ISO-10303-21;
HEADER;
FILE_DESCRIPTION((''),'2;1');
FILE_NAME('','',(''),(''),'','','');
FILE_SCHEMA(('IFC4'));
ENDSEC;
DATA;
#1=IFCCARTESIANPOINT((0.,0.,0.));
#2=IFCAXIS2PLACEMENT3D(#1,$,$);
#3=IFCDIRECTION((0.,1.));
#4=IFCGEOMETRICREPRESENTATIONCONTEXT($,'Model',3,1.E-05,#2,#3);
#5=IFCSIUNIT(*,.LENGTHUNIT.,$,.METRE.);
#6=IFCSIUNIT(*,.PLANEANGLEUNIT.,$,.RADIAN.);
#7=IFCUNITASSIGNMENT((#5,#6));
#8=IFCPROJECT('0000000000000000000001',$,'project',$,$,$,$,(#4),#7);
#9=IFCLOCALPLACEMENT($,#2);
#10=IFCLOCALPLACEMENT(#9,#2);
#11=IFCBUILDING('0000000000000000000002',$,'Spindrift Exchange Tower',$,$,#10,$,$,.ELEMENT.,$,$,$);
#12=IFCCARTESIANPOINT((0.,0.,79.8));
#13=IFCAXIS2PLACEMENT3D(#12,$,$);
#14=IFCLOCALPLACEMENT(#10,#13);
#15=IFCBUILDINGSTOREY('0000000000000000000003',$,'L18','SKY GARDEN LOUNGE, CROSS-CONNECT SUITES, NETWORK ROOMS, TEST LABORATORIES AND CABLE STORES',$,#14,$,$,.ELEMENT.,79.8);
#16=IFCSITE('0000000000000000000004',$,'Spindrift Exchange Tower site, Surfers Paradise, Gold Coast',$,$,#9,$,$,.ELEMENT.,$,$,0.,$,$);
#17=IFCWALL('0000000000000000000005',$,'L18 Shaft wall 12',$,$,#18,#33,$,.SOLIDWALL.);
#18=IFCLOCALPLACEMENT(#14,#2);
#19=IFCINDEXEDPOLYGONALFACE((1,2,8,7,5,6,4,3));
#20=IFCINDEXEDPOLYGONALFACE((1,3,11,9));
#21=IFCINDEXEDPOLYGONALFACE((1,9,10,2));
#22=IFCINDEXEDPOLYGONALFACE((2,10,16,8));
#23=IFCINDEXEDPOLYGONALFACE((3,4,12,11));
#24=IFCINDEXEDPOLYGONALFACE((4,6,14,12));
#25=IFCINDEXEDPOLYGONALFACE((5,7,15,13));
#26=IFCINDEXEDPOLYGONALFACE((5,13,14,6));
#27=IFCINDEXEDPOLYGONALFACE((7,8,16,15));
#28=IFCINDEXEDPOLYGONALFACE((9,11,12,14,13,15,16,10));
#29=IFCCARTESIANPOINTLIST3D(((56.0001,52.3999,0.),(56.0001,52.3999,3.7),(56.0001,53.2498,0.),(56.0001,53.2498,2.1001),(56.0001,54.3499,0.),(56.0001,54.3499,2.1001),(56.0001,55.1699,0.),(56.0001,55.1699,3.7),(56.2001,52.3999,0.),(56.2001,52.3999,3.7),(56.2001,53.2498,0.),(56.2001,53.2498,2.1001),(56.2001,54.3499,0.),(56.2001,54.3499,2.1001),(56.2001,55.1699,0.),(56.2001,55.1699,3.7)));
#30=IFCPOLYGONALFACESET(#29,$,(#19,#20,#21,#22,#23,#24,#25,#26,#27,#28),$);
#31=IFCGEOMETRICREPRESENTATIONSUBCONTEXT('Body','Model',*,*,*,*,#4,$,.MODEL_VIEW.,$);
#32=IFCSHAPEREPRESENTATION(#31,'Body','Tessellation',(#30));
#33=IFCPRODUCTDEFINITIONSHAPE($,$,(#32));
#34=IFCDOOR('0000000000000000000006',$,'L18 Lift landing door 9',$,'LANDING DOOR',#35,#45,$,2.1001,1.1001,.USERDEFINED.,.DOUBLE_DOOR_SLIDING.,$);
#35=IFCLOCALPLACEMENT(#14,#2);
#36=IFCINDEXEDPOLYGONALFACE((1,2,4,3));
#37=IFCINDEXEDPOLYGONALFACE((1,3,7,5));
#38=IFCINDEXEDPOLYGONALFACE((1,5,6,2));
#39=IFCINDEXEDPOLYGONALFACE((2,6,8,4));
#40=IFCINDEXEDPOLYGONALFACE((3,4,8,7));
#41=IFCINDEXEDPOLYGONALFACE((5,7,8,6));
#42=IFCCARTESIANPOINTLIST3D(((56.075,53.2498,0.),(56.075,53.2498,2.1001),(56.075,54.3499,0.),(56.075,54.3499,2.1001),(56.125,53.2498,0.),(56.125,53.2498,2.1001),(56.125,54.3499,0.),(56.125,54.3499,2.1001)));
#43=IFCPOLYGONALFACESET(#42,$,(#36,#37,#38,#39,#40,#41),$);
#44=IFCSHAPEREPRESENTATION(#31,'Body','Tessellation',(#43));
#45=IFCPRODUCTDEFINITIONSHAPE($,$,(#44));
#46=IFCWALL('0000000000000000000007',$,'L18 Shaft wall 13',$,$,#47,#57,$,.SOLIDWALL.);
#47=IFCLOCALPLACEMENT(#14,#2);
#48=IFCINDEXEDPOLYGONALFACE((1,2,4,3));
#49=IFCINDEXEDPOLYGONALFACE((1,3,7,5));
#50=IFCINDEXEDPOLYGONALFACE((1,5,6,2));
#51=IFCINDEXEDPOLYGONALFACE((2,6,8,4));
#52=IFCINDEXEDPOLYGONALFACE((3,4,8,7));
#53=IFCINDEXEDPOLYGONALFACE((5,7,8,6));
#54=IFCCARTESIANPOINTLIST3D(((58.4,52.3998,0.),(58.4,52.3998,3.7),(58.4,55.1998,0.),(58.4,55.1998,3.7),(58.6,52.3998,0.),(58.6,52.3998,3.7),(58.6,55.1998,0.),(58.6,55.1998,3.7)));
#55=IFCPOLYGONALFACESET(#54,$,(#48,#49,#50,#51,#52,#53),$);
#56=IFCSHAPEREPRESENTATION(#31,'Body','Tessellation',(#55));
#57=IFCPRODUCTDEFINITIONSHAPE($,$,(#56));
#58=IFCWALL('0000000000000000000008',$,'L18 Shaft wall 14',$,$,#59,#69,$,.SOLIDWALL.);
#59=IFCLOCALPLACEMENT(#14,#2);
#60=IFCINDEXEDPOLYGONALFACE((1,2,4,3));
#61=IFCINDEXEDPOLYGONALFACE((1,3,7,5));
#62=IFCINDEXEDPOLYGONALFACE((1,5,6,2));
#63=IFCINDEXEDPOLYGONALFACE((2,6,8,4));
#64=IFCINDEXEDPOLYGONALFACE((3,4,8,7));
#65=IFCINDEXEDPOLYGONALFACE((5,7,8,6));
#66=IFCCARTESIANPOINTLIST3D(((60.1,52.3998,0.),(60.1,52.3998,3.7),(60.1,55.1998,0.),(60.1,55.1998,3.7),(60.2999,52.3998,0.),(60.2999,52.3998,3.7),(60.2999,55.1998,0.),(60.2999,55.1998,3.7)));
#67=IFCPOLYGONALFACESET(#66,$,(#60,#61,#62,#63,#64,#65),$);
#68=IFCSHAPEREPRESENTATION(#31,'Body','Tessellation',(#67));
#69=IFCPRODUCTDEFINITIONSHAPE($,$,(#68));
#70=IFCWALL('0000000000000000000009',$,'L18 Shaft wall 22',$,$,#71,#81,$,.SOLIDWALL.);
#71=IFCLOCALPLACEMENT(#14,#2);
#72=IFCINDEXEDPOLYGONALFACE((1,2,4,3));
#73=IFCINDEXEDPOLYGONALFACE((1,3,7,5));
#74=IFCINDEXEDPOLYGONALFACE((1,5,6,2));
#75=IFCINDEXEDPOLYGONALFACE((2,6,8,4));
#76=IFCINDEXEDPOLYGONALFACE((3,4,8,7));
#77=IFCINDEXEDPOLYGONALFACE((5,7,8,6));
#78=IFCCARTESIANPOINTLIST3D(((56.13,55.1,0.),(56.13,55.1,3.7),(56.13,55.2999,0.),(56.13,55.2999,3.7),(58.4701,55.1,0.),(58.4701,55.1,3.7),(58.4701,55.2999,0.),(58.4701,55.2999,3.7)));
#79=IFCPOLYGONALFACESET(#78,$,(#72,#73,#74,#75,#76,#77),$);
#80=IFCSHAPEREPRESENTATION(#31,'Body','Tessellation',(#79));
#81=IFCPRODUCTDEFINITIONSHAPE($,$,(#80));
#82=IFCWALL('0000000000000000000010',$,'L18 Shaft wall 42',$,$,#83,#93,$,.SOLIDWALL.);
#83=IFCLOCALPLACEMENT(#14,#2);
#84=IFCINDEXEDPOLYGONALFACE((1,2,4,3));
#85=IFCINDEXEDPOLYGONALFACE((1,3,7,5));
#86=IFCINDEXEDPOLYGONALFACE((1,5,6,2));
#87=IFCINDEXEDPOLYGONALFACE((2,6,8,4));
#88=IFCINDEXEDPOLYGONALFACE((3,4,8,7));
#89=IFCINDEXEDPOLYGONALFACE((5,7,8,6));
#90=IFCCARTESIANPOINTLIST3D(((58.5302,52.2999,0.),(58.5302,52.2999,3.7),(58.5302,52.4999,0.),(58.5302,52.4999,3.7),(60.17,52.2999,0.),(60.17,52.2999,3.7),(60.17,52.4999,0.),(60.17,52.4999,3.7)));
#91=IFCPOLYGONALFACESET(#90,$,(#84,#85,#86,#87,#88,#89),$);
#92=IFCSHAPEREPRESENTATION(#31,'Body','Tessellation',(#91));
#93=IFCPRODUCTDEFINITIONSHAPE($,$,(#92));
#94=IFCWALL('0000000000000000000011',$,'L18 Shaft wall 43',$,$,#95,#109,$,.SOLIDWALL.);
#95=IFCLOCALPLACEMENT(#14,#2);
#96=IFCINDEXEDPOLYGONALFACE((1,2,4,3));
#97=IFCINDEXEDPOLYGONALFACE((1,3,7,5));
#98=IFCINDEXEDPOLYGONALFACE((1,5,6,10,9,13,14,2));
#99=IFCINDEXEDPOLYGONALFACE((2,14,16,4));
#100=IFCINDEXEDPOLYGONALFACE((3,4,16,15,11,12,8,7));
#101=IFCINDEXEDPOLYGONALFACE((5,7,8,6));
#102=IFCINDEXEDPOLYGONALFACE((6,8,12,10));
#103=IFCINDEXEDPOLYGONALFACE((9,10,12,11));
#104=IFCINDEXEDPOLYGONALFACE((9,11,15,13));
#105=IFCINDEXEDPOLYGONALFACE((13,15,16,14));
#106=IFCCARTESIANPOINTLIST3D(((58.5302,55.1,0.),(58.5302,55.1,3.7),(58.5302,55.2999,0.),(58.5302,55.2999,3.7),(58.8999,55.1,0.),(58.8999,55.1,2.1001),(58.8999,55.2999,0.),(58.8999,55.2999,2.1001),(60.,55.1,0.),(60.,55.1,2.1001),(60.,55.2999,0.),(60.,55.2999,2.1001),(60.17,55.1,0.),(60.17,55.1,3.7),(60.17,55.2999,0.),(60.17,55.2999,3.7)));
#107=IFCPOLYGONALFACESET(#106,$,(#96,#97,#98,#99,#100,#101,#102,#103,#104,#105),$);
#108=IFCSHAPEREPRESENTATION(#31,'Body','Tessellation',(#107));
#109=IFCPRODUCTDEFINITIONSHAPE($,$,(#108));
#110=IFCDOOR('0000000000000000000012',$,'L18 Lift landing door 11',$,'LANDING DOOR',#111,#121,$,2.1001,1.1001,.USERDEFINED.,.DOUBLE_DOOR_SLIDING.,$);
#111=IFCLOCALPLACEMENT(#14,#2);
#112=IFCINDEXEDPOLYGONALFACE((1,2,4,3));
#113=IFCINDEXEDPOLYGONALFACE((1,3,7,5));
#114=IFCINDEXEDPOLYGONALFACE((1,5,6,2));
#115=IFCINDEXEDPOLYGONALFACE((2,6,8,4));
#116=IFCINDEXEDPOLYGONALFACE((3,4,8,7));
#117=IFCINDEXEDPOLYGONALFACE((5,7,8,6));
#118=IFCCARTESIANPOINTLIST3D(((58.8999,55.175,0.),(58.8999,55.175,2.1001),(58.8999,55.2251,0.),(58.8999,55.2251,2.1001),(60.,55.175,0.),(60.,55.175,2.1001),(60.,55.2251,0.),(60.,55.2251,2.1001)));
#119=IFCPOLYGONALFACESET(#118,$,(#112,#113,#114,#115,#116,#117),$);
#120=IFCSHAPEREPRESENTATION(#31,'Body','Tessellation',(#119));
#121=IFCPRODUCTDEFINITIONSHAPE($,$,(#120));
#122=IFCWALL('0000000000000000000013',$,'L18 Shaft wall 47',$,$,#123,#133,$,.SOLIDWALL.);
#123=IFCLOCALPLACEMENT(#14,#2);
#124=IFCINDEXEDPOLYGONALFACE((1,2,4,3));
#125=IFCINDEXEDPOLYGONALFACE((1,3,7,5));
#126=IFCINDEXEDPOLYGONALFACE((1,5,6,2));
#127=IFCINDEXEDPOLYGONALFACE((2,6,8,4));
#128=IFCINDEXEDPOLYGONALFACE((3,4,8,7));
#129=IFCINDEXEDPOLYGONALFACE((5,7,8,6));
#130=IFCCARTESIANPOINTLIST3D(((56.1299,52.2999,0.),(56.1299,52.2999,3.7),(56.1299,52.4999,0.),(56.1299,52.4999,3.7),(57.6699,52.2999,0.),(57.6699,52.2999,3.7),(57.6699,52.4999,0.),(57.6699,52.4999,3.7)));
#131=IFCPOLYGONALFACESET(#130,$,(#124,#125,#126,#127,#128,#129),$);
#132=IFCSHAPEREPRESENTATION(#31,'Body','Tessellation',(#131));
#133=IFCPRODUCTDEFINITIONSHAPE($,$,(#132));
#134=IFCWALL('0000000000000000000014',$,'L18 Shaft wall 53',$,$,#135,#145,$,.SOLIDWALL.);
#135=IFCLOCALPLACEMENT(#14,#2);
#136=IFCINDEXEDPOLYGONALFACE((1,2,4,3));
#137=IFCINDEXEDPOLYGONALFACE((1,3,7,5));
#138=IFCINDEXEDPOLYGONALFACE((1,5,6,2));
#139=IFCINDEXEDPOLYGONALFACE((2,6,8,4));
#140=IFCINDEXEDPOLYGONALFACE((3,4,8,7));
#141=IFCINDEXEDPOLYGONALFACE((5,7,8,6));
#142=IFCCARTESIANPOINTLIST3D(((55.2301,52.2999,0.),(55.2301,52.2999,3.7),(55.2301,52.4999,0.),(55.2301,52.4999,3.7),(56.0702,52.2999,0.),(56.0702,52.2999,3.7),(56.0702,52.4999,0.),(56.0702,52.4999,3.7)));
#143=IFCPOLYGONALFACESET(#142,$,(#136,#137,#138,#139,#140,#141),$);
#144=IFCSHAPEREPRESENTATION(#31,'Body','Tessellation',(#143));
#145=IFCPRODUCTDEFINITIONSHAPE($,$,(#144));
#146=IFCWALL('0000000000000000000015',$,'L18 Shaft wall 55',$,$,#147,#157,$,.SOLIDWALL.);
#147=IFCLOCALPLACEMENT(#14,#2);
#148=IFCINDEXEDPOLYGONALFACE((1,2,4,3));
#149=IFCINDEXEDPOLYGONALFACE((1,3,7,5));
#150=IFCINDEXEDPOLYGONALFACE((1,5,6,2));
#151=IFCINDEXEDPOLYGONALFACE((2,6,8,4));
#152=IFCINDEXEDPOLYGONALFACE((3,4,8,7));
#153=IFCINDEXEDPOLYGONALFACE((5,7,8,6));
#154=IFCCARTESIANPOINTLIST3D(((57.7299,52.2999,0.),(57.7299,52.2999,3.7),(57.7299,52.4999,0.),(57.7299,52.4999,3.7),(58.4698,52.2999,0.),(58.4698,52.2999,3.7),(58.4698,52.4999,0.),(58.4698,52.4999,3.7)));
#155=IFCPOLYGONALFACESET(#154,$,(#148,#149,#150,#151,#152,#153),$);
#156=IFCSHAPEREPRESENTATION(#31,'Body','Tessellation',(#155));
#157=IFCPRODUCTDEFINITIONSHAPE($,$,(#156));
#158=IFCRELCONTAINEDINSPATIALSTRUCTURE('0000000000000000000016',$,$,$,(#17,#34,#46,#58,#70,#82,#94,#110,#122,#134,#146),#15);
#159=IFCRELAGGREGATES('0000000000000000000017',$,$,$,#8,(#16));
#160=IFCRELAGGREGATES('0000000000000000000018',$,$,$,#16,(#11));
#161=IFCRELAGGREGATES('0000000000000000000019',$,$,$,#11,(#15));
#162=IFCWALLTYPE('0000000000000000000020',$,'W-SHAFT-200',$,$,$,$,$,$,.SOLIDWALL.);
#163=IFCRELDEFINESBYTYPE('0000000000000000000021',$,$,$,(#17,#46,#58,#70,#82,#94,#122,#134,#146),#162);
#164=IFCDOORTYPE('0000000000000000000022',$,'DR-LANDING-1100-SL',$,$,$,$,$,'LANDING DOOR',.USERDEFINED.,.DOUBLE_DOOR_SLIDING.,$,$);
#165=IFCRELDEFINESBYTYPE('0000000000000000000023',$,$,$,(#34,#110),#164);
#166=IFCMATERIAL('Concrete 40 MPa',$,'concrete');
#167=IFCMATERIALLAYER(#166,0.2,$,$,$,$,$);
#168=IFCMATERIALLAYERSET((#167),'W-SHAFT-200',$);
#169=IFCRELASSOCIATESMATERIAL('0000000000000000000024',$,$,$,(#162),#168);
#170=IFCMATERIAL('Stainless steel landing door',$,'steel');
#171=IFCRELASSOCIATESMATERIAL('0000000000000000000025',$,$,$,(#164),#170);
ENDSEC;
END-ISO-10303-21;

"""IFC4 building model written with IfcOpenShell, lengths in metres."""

from ifc_helpers import new_model, si_unit, direction, frame, frame_2d, origin, place, context, subcontext, project, spatial, rectangle, extrude, source, transform, mapped, material, layer, layer_set, type_object, element, fill, save


model = new_model("IFC4")

# Units and contexts
model_context = context("Model", 3, precision=1e-05, world=origin(), true_north=direction((0.0, 1.0)))
body_context = subcontext(model_context, "Body", "Model", "MODEL_VIEW")
ifc_project = project(units=[si_unit("LENGTHUNIT", "METRE"), si_unit("PLANEANGLEUNIT", "RADIAN")], contexts=[model_context])

# Site, building, storey
site_placement = place(None, origin())
site = spatial("IfcSite", under=ifc_project, at=site_placement, Name="Spindrift Exchange Tower site, Surfers Paradise, Gold Coast", CompositionType="ELEMENT", RefElevation=0.0)
building_placement = place(site_placement, origin())
building = spatial("IfcBuilding", under=site, at=building_placement, Name="Spindrift Exchange Tower", CompositionType="ELEMENT")
storey_placement = place(building_placement, frame((0.0, 0.0, 79.8)))
storey = spatial("IfcBuildingStorey", under=building, at=storey_placement, Name="L18", Description="SKY GARDEN LOUNGE, CROSS-CONNECT SUITES, NETWORK ROOMS, TEST LABORATORIES AND CABLE STORES", CompositionType="ELEMENT", Elevation=79.8)

# Wall, opening, door
ifc_material_1 = material(Name="Concrete 40 MPa", Category="concrete")
ifc_layer_1 = layer(ifc_material_1, 0.2)
ifc_layer_set_1 = layer_set([ifc_layer_1], Name="W-SHAFT-200")
wall_type_1 = type_object("IfcWallType", Name="W-SHAFT-200", PredefinedType="SOLIDWALL", material=ifc_layer_set_1)
wall_1_placement = place(storey_placement, frame((56.1001, 55.1699, 0.0), z_axis=(0.0, 0.0, 1.0), x_axis=(0.0, -1.0, 0.0)))
wall_1 = element("IfcWall", 1, at=wall_1_placement, inside=storey, type_object=wall_type_1, Name="L18 Shaft wall 12", PredefinedType="SOLIDWALL", context=body_context, shape_type="SweptSolid", body=[
    extrude(rectangle(XDim=2.77, YDim=0.2, at=frame_2d((1.385, 0.0))), origin(), (0.0, 0.0, 1.0), 3.7),
])
opening_1_placement = place(wall_1_placement, frame((0.8201, 0.0, 0.0)))
opening_1 = element("IfcOpeningElement", 2, at=opening_1_placement, cuts=wall_1, PredefinedType="OPENING", context=body_context, shape_type="SweptSolid", body=[
    extrude(rectangle(XDim=1.1001, YDim=2.1001, at=frame_2d((0.55, 1.05))), frame((0.0, 0.1099, 0.0), z_axis=(0.0, -1.0, 0.0), x_axis=(1.0, 0.0, 0.0)), (0.0, 0.0, 1.0), 0.22),
])
ifc_material_2 = material(Name="Stainless steel landing door", Category="steel")
door_type_1 = type_object("IfcDoorType", Name="DR-LANDING-1100-SL", ElementType="LANDING DOOR", OperationType="DOUBLE_DOOR_SLIDING", PredefinedType="USERDEFINED", material=ifc_material_2)
shared_shape_1 = source(origin(), body_context, "Body", "SweptSolid", [
    extrude(rectangle(XDim=1.1001, YDim=2.1001, at=frame_2d((0.55, 1.05))), frame((0.0, 0.0249, 0.0), z_axis=(0.0, -1.0, 0.0), x_axis=(1.0, 0.0, 0.0)), (0.0, 0.0, 1.0), 0.05),
])
door_1_placement = place(opening_1_placement, origin())
door_1 = element("IfcDoor", 3, at=door_1_placement, inside=storey, type_object=door_type_1, Name="L18 Lift landing door 9", ObjectType="LANDING DOOR", OperationType="DOUBLE_DOOR_SLIDING", OverallHeight=2.1001, OverallWidth=1.1001, PredefinedType="USERDEFINED", context=body_context, shape_type="MappedRepresentation", body=[
    mapped(shared_shape_1, transform((0.0, 0.0, 0.0), scale=1.0)),
])
fill(opening_1, door_1)

# Walls
for number, where, z_axis, x_axis, name in (
    (4, (58.5, 52.3999, 0.0), (0.0, 0.0, 1.0), (0.0, 1.0, 0.0), "L18 Shaft wall 13"),
    (5, (60.2, 52.3999, 0.0), (0.0, 0.0, 1.0), (0.0, 1.0, 0.0), "L18 Shaft wall 14"),
):
    element("IfcWall", number, at=place(storey_placement, frame(where, z_axis=z_axis, x_axis=x_axis)), inside=storey, type_object=wall_type_1, Name=name, PredefinedType="SOLIDWALL", context=body_context, shape_type="SweptSolid", body=[
        extrude(rectangle(XDim=2.8, YDim=0.2, at=frame_2d((1.3999, 0.0))), origin(), (0.0, 0.0, 1.0), 3.7),
    ])
wall_2_placement = place(storey_placement, frame((58.47, 55.2, 0.0), z_axis=(0.0, 0.0, 1.0), x_axis=(-1.0, 0.0, 0.0)))
element("IfcWall", 6, at=wall_2_placement, inside=storey, type_object=wall_type_1, Name="L18 Shaft wall 22", PredefinedType="SOLIDWALL", context=body_context, shape_type="SweptSolid", body=[
    extrude(rectangle(XDim=2.3401, YDim=0.2, at=frame_2d((1.1699, 0.0))), origin(), (0.0, 0.0, 1.0), 3.7),
])
wall_3_placement = place(storey_placement, frame((60.1699, 52.3999, 0.0), z_axis=(0.0, 0.0, 1.0), x_axis=(-1.0, 0.0, 0.0)))
element("IfcWall", 7, at=wall_3_placement, inside=storey, type_object=wall_type_1, Name="L18 Shaft wall 42", PredefinedType="SOLIDWALL", context=body_context, shape_type="SweptSolid", body=[
    extrude(rectangle(XDim=1.6399, YDim=0.2, at=frame_2d((0.8198, 0.0))), origin(), (0.0, 0.0, 1.0), 3.7),
])

# Wall, opening, door
wall_4_placement = place(storey_placement, frame((60.1699, 55.2, 0.0), z_axis=(0.0, 0.0, 1.0), x_axis=(-1.0, 0.0, 0.0)))
wall_4 = element("IfcWall", 8, at=wall_4_placement, inside=storey, type_object=wall_type_1, Name="L18 Shaft wall 43", PredefinedType="SOLIDWALL", context=body_context, shape_type="SweptSolid", body=[
    extrude(rectangle(XDim=1.6399, YDim=0.2, at=frame_2d((0.8198, 0.0))), origin(), (0.0, 0.0, 1.0), 3.7),
])
opening_2_placement = place(wall_4_placement, frame((0.1699, 0.0, 0.0)))
opening_2 = element("IfcOpeningElement", 9, at=opening_2_placement, cuts=wall_4, PredefinedType="OPENING", context=body_context, shape_type="SweptSolid", body=[
    extrude(rectangle(XDim=1.1001, YDim=2.1001, at=frame_2d((0.55, 1.05))), frame((0.0, 0.1099, 0.0), z_axis=(0.0, -1.0, 0.0), x_axis=(1.0, 0.0, 0.0)), (0.0, 0.0, 1.0), 0.22),
])
door_2_placement = place(opening_2_placement, origin())
door_2 = element("IfcDoor", 10, at=door_2_placement, inside=storey, type_object=door_type_1, Name="L18 Lift landing door 11", ObjectType="LANDING DOOR", OperationType="DOUBLE_DOOR_SLIDING", OverallHeight=2.1001, OverallWidth=1.1001, PredefinedType="USERDEFINED", context=body_context, shape_type="MappedRepresentation", body=[
    mapped(shared_shape_1, transform((0.0, 0.0, 0.0), scale=1.0)),
])
fill(opening_2, door_2)

# Walls
wall_5_placement = place(storey_placement, frame((57.6699, 52.3999, 0.0), z_axis=(0.0, 0.0, 1.0), x_axis=(-1.0, 0.0, 0.0)))
element("IfcWall", 11, at=wall_5_placement, inside=storey, type_object=wall_type_1, Name="L18 Shaft wall 47", PredefinedType="SOLIDWALL", context=body_context, shape_type="SweptSolid", body=[
    extrude(rectangle(XDim=1.54, YDim=0.2, at=frame_2d((0.77, 0.0))), origin(), (0.0, 0.0, 1.0), 3.7),
])
wall_6_placement = place(storey_placement, frame((56.0701, 52.3999, 0.0), z_axis=(0.0, 0.0, 1.0), x_axis=(-1.0, 0.0, 0.0)))
element("IfcWall", 12, at=wall_6_placement, inside=storey, type_object=wall_type_1, Name="L18 Shaft wall 53", PredefinedType="SOLIDWALL", context=body_context, shape_type="SweptSolid", body=[
    extrude(rectangle(XDim=0.8401, YDim=0.2, at=frame_2d((0.4199, 0.0))), origin(), (0.0, 0.0, 1.0), 3.7),
])
wall_7_placement = place(storey_placement, frame((58.47, 52.3999, 0.0), z_axis=(0.0, 0.0, 1.0), x_axis=(-1.0, 0.0, 0.0)))
element("IfcWall", 13, at=wall_7_placement, inside=storey, type_object=wall_type_1, Name="L18 Shaft wall 55", PredefinedType="SOLIDWALL", context=body_context, shape_type="SweptSolid", body=[
    extrude(rectangle(XDim=0.74, YDim=0.2, at=frame_2d((0.3701, 0.0))), origin(), (0.0, 0.0, 1.0), 3.7),
])

save(model, "model.ifc")
